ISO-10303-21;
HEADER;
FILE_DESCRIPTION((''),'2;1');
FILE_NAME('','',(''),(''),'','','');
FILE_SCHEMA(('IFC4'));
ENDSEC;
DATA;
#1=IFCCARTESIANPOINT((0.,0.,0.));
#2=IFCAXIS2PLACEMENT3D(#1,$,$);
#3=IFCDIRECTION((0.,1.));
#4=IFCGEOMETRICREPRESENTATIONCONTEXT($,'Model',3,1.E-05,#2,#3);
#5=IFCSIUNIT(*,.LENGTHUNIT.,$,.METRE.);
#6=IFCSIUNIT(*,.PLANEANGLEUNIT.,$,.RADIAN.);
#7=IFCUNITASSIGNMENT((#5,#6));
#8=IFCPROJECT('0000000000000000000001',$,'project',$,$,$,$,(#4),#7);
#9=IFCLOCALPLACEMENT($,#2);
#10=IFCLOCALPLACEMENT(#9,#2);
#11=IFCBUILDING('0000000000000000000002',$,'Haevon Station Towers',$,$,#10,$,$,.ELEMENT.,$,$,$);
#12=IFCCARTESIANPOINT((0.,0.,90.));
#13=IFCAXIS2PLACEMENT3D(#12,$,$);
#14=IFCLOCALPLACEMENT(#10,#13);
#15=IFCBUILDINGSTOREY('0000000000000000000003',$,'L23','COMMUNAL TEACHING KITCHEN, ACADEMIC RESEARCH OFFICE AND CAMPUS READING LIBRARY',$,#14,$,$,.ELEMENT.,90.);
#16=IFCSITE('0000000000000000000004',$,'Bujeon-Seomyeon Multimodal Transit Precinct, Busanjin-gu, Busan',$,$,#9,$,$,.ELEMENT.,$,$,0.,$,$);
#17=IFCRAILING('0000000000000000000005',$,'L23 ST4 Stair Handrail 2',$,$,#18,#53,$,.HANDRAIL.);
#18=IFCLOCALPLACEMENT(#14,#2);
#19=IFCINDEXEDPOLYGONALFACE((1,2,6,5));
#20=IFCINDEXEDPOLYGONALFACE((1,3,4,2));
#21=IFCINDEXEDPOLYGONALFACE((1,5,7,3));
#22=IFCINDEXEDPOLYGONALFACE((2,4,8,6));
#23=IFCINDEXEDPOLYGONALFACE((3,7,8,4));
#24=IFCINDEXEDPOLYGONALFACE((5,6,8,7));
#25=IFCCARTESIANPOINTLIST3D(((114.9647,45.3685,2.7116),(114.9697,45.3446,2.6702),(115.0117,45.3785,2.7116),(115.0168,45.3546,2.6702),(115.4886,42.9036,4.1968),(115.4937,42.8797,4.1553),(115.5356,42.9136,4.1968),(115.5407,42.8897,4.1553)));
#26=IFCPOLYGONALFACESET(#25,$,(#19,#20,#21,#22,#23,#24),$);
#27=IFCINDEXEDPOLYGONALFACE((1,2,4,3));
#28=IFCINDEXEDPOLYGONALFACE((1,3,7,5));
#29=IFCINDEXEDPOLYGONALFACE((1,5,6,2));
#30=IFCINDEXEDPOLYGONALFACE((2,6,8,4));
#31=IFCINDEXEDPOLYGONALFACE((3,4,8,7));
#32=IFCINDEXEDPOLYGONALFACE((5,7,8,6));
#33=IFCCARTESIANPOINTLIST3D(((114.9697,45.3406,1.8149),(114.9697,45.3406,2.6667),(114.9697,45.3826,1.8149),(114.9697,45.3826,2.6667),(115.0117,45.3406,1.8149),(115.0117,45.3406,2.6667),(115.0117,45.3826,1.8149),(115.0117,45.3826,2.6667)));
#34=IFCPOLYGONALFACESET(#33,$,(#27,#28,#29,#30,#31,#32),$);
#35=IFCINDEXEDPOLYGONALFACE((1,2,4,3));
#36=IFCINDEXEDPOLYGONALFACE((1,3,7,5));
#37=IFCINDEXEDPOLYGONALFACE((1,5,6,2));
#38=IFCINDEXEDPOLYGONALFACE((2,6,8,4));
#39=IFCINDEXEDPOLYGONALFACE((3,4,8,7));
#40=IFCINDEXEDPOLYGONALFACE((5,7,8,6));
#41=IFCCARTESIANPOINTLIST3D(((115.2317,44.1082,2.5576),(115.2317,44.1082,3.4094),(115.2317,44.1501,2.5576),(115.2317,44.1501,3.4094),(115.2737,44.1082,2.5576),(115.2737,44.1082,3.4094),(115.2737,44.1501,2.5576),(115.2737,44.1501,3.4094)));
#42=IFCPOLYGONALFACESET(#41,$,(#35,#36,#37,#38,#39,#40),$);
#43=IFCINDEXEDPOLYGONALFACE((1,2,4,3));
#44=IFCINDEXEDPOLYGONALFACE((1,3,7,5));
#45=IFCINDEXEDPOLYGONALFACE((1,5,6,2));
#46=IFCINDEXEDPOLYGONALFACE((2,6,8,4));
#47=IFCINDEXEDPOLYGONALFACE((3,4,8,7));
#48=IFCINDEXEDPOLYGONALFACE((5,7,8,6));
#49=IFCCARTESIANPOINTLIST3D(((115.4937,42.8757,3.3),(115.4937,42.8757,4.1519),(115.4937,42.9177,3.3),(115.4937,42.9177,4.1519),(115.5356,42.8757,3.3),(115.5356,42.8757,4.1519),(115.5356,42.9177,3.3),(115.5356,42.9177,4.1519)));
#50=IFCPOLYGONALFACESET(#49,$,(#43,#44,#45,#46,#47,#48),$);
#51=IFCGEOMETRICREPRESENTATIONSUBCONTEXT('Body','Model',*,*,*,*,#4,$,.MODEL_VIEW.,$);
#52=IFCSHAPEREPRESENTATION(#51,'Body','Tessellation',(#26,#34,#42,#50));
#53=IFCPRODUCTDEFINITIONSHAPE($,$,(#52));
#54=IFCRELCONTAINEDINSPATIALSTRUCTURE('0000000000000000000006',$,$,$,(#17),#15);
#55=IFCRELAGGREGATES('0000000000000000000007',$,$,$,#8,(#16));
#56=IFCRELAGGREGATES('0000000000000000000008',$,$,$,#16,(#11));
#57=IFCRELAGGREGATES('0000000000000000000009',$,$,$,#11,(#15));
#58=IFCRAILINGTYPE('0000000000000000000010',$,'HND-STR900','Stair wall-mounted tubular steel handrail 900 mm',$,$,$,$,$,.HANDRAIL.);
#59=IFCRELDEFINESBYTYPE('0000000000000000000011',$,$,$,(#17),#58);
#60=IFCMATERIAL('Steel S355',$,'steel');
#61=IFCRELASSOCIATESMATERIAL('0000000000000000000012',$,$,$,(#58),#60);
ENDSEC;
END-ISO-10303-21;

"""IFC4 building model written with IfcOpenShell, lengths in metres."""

from ifc_helpers import new_model, si_unit, direction, frame, origin, origin_2d, place, context, subcontext, project, spatial, rectangle, extrude, material, type_object, element, save


model = new_model("IFC4")

# Units and contexts
model_context = context("Model", 3, precision=1e-05, world=origin(), true_north=direction((0.0, 1.0)))
body_context = subcontext(model_context, "Body", "Model", "MODEL_VIEW")
ifc_project = project(units=[si_unit("LENGTHUNIT", "METRE"), si_unit("PLANEANGLEUNIT", "RADIAN")], contexts=[model_context])

# Site, building, storey
site_placement = place(None, origin())
site = spatial("IfcSite", under=ifc_project, at=site_placement, Name="Bujeon-Seomyeon Multimodal Transit Precinct, Busanjin-gu, Busan", CompositionType="ELEMENT", RefElevation=0.0)
building_placement = place(site_placement, origin())
building = spatial("IfcBuilding", under=site, at=building_placement, Name="Haevon Station Towers", CompositionType="ELEMENT")
storey_placement = place(building_placement, frame((0.0, 0.0, 90.0)))
storey = spatial("IfcBuildingStorey", under=building, at=storey_placement, Name="L23", Description="COMMUNAL TEACHING KITCHEN, ACADEMIC RESEARCH OFFICE AND CAMPUS READING LIBRARY", CompositionType="ELEMENT", Elevation=90.0)

# Railing
ifc_material_1 = material(Name="Steel S355", Category="steel")
railing_type_1 = type_object("IfcRailingType", Name="HND-STR900", Description="Stair wall-mounted tubular steel handrail 900 mm", PredefinedType="HANDRAIL", material=ifc_material_1)
railing_1_placement = place(storey_placement, frame((114.9907, 45.3616, 1.8149)))
element("IfcRailing", 1, at=railing_1_placement, inside=storey, type_object=railing_type_1, Name="L23 ST4 Stair Handrail 2", PredefinedType="HANDRAIL", context=body_context, shape_type="SweptSolid", body=[
    extrude(rectangle(XDim=0.0481, YDim=0.0481, at=origin_2d()), frame((0.0, 0.0, 0.876), z_axis=(0.179121, -0.842688, 0.507733), x_axis=(0.978147, 0.207914, 0.0)), (0.0, 0.0, 1.0), 2.925),
    extrude(rectangle(XDim=0.042, YDim=0.042, at=origin_2d()), origin(), (0.0, 0.0, 1.0), 0.8518),
    extrude(rectangle(XDim=0.042, YDim=0.042, at=origin_2d()), frame((0.262, -1.2324, 0.7427)), (0.0, 0.0, 1.0), 0.8518),
    extrude(rectangle(XDim=0.042, YDim=0.042, at=origin_2d()), frame((0.5239, -2.4648, 1.4851)), (0.0, 0.0, 1.0), 0.8518),
])

save(model, "model.ifc")
